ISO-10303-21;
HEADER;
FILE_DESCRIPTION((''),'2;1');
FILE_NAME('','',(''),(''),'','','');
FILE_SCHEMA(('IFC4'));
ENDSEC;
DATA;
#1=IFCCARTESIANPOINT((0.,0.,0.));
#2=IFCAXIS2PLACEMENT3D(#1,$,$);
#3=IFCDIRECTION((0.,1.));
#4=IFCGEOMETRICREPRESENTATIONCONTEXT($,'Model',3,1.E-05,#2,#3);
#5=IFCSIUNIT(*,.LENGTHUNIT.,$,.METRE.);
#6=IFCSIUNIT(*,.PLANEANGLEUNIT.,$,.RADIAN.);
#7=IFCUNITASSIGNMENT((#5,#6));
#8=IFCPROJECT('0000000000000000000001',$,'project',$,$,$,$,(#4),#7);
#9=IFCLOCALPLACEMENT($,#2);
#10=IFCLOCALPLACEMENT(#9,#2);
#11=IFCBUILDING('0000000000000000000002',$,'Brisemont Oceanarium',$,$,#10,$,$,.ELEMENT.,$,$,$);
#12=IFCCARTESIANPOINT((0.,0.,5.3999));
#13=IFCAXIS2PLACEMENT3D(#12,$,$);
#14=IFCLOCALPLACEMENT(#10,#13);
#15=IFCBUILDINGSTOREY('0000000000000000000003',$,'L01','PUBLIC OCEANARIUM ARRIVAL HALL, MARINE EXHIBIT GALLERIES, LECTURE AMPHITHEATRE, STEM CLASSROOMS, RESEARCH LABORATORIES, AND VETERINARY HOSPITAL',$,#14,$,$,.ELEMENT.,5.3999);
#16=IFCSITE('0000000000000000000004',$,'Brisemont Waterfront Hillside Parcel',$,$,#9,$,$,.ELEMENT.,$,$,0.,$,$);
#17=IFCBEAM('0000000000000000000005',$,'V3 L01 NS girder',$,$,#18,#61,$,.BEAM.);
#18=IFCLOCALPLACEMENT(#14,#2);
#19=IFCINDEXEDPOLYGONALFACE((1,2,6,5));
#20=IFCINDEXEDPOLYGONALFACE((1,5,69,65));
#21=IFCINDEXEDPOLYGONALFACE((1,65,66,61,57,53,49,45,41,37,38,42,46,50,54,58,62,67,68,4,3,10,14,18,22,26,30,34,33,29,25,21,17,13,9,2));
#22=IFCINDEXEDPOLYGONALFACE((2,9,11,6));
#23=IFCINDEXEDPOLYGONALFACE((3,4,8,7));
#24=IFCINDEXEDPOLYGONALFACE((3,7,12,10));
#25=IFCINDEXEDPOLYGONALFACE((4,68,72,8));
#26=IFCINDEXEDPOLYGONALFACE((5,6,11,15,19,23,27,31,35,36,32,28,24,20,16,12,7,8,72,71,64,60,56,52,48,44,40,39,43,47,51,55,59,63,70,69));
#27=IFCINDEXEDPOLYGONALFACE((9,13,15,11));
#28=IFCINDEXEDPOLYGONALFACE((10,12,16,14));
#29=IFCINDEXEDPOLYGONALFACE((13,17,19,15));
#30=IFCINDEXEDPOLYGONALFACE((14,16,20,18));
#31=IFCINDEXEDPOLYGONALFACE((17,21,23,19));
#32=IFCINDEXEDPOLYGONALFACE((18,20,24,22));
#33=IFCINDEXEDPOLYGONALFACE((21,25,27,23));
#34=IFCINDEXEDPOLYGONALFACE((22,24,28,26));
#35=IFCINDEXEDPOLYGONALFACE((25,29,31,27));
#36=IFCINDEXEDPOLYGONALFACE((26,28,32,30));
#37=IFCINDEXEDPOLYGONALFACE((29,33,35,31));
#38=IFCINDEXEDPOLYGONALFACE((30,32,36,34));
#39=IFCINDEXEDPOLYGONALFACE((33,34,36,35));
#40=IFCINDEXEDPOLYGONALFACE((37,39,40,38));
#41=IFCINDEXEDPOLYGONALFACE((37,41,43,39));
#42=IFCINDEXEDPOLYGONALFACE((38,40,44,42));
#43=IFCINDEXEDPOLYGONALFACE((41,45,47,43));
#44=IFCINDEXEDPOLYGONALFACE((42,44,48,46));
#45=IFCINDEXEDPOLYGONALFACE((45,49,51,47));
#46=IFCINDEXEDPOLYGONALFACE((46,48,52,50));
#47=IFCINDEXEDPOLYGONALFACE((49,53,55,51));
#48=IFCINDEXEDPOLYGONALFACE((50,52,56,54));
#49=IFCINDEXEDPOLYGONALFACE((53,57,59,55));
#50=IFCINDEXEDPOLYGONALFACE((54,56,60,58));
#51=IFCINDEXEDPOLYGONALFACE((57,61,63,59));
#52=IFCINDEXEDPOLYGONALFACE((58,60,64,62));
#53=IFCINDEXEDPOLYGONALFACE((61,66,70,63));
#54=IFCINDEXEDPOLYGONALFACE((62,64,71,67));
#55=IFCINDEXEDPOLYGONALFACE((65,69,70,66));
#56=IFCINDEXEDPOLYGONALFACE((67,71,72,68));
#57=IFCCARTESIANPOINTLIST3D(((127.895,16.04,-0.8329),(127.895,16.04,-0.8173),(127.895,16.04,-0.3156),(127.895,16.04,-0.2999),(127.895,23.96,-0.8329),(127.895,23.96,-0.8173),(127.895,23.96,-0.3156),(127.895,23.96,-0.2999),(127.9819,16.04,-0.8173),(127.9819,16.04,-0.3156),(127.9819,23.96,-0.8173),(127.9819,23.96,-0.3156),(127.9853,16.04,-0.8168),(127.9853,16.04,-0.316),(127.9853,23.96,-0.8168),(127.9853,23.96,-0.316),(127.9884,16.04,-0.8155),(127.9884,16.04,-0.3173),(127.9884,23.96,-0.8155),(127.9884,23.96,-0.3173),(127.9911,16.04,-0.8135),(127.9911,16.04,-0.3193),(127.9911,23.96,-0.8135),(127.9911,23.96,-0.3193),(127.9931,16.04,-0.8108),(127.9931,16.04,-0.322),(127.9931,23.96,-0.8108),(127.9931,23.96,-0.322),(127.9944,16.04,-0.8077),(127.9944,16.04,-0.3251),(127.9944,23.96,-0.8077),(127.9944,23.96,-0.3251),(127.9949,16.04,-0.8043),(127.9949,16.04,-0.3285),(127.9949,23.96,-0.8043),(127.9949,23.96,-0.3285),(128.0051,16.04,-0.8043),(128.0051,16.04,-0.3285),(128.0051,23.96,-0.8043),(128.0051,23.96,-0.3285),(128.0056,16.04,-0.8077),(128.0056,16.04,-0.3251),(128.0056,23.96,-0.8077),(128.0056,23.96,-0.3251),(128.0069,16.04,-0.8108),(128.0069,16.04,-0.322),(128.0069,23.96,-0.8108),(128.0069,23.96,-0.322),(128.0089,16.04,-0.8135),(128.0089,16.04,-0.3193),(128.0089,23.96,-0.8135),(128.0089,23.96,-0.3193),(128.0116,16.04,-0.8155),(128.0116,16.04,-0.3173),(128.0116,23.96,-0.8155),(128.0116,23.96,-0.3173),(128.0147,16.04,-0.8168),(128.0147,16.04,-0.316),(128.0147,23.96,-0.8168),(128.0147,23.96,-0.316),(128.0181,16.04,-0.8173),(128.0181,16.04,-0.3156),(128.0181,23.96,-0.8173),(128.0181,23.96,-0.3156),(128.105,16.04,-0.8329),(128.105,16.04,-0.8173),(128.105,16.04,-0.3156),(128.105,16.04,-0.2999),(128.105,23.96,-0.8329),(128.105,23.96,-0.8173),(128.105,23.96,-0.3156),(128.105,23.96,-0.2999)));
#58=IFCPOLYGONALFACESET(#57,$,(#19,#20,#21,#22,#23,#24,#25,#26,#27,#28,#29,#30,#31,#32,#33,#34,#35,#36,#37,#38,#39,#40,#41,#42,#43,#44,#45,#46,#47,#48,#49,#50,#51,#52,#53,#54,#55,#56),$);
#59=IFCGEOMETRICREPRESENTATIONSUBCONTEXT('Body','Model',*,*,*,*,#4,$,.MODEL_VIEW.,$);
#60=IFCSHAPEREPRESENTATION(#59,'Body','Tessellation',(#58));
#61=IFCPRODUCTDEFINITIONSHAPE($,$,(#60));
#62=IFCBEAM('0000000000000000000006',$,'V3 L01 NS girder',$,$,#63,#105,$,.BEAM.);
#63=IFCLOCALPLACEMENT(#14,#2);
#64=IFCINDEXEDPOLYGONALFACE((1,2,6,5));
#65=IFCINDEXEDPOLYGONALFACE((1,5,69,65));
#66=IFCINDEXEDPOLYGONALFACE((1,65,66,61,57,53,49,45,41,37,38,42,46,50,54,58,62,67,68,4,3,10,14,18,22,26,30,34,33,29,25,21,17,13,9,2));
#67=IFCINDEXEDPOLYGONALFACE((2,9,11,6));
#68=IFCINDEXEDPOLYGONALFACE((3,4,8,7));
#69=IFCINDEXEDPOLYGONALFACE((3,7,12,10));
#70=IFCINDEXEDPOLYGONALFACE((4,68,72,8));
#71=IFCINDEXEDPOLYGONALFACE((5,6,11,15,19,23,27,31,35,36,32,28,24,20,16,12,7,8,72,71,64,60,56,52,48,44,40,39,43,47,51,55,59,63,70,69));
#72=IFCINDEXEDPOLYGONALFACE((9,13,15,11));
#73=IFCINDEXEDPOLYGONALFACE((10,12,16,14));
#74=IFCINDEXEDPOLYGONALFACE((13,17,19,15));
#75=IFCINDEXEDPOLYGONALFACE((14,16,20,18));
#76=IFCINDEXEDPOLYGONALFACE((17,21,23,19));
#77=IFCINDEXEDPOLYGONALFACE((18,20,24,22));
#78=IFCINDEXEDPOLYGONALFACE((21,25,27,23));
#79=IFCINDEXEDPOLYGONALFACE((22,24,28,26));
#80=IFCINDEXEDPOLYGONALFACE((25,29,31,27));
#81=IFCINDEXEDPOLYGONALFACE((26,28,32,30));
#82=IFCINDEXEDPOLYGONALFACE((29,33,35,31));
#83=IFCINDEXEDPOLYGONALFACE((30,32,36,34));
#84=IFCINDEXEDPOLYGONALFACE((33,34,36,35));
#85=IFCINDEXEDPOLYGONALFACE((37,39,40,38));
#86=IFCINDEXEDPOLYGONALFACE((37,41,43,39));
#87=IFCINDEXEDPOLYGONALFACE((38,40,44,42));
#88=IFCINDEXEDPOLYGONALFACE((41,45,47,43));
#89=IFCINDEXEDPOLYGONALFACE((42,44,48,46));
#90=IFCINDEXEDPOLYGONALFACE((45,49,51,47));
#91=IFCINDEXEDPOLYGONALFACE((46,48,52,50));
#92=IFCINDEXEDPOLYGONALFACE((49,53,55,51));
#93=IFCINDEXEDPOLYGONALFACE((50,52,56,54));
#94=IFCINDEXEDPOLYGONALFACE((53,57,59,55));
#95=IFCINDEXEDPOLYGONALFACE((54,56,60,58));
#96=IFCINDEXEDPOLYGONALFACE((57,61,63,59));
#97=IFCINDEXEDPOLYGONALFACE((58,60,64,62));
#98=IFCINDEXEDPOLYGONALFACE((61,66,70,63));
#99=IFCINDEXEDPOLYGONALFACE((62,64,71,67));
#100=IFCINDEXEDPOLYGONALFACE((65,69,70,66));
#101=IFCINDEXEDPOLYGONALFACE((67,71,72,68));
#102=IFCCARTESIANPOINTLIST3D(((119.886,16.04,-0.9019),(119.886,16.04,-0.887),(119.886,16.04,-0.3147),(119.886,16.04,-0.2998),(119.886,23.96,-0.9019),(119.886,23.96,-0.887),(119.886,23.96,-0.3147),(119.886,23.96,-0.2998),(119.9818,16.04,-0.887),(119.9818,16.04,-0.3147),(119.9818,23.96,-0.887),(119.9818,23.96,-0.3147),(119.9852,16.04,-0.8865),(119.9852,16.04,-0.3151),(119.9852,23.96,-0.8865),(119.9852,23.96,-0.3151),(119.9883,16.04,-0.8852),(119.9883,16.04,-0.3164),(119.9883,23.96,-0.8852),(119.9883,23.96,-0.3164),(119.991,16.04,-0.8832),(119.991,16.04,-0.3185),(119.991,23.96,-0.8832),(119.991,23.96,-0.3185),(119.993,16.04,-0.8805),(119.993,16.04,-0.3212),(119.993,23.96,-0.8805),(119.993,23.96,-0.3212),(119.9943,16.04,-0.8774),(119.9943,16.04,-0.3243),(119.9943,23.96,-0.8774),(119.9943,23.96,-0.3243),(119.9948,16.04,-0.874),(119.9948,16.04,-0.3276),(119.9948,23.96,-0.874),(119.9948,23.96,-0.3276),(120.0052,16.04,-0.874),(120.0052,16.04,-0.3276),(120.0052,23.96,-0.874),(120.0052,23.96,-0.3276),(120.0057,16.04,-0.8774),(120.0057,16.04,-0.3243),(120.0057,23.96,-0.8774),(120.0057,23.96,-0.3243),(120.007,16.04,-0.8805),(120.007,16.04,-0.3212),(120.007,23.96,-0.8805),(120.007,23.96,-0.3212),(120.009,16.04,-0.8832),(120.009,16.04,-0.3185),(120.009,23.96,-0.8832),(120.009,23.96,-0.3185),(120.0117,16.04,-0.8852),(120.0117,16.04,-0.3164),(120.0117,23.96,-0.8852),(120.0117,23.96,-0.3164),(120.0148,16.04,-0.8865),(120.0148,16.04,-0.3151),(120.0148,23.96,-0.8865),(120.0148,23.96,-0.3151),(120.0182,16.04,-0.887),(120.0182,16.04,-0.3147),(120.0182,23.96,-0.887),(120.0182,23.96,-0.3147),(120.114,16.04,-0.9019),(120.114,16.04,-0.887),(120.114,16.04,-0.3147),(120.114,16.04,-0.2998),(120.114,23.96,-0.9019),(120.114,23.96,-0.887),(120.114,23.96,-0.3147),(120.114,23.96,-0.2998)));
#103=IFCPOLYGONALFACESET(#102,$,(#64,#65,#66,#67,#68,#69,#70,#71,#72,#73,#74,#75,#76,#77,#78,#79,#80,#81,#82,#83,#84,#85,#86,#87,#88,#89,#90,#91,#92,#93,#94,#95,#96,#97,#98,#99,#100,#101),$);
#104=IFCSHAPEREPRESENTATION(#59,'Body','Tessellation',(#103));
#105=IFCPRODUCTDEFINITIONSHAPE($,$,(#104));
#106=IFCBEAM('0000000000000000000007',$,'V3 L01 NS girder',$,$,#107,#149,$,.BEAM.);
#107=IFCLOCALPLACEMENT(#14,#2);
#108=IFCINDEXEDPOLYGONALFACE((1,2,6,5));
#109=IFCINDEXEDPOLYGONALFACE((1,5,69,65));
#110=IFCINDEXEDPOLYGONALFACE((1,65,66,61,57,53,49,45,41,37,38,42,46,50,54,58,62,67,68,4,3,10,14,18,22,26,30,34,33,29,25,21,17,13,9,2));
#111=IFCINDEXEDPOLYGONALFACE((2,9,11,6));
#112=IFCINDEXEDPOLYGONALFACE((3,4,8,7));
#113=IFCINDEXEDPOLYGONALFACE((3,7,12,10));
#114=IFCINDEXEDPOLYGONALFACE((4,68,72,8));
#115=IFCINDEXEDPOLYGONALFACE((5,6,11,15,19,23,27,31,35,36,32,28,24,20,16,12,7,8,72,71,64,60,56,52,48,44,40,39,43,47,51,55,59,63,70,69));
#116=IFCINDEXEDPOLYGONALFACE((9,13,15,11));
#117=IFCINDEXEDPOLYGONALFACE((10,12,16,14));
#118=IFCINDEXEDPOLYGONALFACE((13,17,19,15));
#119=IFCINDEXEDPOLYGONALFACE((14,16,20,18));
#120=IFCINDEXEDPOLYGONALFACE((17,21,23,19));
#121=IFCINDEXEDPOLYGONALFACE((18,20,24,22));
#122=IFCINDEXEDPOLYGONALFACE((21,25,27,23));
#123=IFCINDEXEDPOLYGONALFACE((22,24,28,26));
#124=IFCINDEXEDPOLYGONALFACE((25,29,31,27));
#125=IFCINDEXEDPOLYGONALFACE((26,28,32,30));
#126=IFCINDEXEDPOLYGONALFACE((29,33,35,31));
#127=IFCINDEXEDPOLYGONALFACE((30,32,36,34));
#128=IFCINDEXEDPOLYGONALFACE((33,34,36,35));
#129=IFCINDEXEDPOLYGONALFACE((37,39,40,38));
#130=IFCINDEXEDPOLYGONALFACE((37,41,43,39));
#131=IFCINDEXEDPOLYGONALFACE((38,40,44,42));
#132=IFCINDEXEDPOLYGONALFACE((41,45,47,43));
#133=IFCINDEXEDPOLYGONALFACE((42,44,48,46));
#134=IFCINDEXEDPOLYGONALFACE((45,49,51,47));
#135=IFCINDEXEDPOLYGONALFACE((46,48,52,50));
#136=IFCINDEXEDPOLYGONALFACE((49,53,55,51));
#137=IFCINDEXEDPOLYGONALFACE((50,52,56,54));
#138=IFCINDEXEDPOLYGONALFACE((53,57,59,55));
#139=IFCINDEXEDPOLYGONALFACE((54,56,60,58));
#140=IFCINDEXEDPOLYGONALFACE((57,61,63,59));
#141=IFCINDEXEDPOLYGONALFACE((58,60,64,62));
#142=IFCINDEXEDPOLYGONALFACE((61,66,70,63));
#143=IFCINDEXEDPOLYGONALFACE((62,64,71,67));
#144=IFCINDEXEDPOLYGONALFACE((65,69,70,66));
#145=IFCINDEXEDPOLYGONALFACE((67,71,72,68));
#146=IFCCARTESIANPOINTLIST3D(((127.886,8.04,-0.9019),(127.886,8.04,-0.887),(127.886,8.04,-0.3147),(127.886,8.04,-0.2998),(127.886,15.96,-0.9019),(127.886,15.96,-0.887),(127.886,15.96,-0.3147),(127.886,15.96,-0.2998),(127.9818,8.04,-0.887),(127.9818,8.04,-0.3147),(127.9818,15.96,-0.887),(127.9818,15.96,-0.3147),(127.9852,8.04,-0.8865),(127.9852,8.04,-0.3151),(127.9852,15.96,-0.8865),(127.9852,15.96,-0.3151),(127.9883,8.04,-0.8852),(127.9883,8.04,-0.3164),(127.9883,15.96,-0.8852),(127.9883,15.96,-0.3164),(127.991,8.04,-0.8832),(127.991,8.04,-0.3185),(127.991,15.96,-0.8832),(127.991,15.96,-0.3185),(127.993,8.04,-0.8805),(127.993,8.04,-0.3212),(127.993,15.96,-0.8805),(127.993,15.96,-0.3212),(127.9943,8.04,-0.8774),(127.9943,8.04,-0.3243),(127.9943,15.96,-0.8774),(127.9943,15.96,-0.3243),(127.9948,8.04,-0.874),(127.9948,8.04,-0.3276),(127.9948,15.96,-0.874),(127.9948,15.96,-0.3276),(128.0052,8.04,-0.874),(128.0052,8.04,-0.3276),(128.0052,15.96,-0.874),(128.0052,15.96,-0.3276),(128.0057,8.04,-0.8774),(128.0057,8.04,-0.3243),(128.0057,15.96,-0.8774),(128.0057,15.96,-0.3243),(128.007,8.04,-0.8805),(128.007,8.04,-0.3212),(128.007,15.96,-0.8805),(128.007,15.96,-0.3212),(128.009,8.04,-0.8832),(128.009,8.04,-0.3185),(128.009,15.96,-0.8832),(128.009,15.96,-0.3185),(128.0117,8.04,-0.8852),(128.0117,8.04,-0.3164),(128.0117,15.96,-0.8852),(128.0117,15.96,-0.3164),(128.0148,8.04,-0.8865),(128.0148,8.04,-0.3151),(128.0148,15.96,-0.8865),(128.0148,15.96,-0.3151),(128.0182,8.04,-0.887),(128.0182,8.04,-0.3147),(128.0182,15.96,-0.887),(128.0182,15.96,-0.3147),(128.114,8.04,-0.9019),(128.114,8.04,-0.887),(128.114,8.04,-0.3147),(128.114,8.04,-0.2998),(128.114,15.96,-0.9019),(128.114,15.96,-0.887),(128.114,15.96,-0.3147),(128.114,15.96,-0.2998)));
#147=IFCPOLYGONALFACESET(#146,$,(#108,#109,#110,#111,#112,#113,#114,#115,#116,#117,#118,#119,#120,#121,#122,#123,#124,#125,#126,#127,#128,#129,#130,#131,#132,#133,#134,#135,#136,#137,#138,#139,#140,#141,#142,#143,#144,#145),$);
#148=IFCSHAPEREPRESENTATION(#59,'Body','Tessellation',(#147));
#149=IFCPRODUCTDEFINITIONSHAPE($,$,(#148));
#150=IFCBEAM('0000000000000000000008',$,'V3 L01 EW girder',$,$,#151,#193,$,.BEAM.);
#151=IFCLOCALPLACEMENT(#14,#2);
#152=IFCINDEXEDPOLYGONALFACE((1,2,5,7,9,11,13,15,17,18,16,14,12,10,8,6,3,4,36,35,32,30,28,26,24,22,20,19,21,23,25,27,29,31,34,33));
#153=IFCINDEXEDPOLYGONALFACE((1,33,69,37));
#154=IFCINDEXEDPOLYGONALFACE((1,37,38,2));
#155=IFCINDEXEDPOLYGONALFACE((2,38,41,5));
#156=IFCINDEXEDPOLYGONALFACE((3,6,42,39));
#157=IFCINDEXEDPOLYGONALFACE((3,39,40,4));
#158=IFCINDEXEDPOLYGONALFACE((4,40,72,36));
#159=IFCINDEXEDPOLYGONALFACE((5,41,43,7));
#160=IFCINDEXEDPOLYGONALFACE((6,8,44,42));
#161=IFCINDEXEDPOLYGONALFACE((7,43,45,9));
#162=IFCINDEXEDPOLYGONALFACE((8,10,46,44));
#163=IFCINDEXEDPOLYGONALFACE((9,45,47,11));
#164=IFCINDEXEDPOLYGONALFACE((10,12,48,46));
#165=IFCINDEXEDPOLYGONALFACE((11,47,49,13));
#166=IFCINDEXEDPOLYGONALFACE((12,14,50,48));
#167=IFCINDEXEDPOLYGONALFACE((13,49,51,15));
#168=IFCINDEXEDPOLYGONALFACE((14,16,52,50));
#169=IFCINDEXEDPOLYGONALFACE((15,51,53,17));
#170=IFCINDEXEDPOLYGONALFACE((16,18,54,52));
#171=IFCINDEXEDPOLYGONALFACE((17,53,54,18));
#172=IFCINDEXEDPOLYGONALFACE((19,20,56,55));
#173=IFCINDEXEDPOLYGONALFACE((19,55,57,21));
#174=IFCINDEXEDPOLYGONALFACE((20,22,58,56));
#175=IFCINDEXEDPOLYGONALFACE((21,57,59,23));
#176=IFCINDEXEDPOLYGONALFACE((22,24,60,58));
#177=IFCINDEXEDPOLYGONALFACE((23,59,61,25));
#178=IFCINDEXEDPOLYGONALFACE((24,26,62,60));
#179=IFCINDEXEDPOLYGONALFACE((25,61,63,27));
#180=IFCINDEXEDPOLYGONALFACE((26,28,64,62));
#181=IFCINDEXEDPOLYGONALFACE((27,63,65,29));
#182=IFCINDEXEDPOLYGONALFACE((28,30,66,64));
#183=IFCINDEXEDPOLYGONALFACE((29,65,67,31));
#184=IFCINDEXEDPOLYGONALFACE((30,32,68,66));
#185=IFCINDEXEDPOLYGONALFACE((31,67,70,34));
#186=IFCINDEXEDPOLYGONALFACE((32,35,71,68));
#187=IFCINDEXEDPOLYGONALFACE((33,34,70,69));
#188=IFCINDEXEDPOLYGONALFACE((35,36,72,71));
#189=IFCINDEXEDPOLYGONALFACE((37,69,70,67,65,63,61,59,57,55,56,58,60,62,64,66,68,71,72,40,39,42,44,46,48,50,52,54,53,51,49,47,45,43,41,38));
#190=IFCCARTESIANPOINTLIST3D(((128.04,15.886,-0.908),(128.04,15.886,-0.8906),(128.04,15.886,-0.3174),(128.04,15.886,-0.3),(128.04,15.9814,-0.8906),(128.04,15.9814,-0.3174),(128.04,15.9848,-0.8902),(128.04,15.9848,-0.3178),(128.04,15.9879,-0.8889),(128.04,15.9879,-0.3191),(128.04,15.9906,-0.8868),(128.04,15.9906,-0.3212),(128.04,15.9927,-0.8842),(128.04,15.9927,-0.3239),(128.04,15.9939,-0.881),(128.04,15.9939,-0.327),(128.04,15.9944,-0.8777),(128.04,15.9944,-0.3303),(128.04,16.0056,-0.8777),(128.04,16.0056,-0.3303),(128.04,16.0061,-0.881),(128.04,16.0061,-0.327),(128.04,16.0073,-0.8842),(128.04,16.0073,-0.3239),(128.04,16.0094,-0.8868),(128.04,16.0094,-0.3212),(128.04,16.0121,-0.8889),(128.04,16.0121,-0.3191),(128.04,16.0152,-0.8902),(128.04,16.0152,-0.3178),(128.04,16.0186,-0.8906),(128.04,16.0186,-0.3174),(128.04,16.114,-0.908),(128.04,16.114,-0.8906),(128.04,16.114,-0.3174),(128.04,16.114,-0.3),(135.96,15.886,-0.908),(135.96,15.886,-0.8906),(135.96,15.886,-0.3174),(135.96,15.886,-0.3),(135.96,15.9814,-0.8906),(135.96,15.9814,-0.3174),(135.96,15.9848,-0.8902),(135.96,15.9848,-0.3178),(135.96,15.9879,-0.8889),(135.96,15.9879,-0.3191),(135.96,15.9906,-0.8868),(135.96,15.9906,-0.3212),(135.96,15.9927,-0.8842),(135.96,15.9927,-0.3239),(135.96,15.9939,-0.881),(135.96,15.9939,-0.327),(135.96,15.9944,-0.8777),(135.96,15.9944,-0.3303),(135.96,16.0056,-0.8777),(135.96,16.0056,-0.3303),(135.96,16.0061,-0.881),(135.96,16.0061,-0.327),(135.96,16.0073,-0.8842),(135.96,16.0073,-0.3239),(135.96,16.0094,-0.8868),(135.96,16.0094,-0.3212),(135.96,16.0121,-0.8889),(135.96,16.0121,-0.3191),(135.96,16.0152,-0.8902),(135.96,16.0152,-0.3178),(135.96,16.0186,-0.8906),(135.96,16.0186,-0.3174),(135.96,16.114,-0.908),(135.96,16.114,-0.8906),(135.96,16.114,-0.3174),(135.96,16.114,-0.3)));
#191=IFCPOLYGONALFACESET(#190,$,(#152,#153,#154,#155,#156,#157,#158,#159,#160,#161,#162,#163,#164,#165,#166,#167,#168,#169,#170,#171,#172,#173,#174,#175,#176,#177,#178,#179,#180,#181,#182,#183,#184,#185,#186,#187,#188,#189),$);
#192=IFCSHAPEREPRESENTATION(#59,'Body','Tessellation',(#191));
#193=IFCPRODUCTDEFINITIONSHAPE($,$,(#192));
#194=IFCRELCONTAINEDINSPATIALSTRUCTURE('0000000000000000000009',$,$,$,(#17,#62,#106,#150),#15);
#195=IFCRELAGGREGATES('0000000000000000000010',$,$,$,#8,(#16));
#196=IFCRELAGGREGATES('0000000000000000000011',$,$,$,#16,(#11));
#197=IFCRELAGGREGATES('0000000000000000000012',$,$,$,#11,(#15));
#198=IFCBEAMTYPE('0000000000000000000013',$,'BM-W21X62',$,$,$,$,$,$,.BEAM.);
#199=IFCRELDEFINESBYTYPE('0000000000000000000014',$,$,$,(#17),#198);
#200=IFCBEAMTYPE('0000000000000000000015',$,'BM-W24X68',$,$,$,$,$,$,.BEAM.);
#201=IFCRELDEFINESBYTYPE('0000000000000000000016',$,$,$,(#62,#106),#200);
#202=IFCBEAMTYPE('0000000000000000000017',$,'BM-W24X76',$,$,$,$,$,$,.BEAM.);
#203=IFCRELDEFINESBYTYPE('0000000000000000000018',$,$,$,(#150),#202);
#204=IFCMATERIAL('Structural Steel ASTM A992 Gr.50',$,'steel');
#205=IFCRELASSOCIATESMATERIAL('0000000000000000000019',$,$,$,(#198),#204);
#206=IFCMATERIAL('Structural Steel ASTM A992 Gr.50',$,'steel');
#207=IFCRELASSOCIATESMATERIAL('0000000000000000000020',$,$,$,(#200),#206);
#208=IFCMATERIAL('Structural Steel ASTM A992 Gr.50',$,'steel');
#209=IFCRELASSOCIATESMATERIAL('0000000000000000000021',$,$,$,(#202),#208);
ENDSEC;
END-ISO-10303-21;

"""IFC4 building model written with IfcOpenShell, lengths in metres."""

from ifc_helpers import new_model, si_unit, direction, frame, origin, origin_2d, place, context, subcontext, project, spatial, i_section, extrude, material, material_profile, profile_set, type_object, element, save


model = new_model("IFC4")

# Units and contexts
model_context = context("Model", 3, precision=1e-05, world=origin(), true_north=direction((0.0, 1.0)))
body_context = subcontext(model_context, "Body", "Model", "MODEL_VIEW")
ifc_project = project(units=[si_unit("LENGTHUNIT", "METRE"), si_unit("PLANEANGLEUNIT", "RADIAN")], contexts=[model_context])

# Site, building, storey
site_placement = place(None, origin())
site = spatial("IfcSite", under=ifc_project, at=site_placement, Name="Brisemont Waterfront Hillside Parcel", CompositionType="ELEMENT", RefElevation=0.0)
building_placement = place(site_placement, origin())
building = spatial("IfcBuilding", under=site, at=building_placement, Name="Brisemont Oceanarium", CompositionType="ELEMENT")
storey_placement = place(building_placement, frame((0.0, 0.0, 5.3999)))
storey = spatial("IfcBuildingStorey", under=building, at=storey_placement, Name="L01", Description="PUBLIC OCEANARIUM ARRIVAL HALL, MARINE EXHIBIT GALLERIES, LECTURE AMPHITHEATRE, STEM CLASSROOMS, RESEARCH LABORATORIES, AND VETERINARY HOSPITAL", CompositionType="ELEMENT", Elevation=5.3999)

# Beams
ifc_material_1 = material(Name="Structural Steel ASTM A992 Gr.50", Category="steel")
ifc_material_profile_1 = material_profile(ifc_material_1, i_section(OverallWidth=0.21, OverallDepth=0.533, WebThickness=0.0103, FlangeThickness=0.0156, FilletRadius=0.0129, at=origin_2d()), Name="W21X62")
ifc_profile_set_1 = profile_set([ifc_material_profile_1], Name="Structural Steel ASTM A992 Gr.50")
beam_type_1 = type_object("IfcBeamType", Name="BM-W21X62", PredefinedType="BEAM", material=ifc_profile_set_1)
beam_1_placement = place(storey_placement, frame((128.0, 16.04, -0.5664), z_axis=(0.0, 1.0, 0.0), x_axis=(-1.0, 0.0, 0.0)))
element("IfcBeam", 1, at=beam_1_placement, inside=storey, type_object=beam_type_1, Name="V3 L01 NS girder", PredefinedType="BEAM", context=body_context, shape_type="SweptSolid", body=[
    extrude(i_section(OverallWidth=0.21, OverallDepth=0.533, WebThickness=0.0103, FlangeThickness=0.0156, FilletRadius=0.0129, at=origin_2d()), origin(), (0.0, 0.0, 1.0), 7.9199),
])
ifc_material_2 = material(Name="Structural Steel ASTM A992 Gr.50", Category="steel")
ifc_material_profile_2 = material_profile(ifc_material_2, i_section(OverallWidth=0.228, OverallDepth=0.6021, WebThickness=0.0105, FlangeThickness=0.0149, FilletRadius=0.0129, at=origin_2d()), Name="W24X68")
ifc_profile_set_2 = profile_set([ifc_material_profile_2], Name="Structural Steel ASTM A992 Gr.50")
beam_type_2 = type_object("IfcBeamType", Name="BM-W24X68", PredefinedType="BEAM", material=ifc_profile_set_2)
for number, where, z_axis, x_axis, name in (
    (2, (120.0, 16.04, -0.6008), (0.0, 1.0, 0.0), (-1.0, 0.0, 0.0), "V3 L01 NS girder"),
    (3, (128.0, 8.04, -0.6008), (0.0, 1.0, 0.0), (-1.0, 0.0, 0.0), "V3 L01 NS girder"),
):
    element("IfcBeam", number, at=place(storey_placement, frame(where, z_axis=z_axis, x_axis=x_axis)), inside=storey, type_object=beam_type_2, Name=name, PredefinedType="BEAM", context=body_context, shape_type="SweptSolid", body=[
        extrude(i_section(OverallWidth=0.228, OverallDepth=0.6021, WebThickness=0.0105, FlangeThickness=0.0149, FilletRadius=0.0129, at=origin_2d()), origin(), (0.0, 0.0, 1.0), 7.9199),
    ])
ifc_material_3 = material(Name="Structural Steel ASTM A992 Gr.50", Category="steel")
ifc_material_profile_3 = material_profile(ifc_material_3, i_section(OverallWidth=0.228, OverallDepth=0.6079, WebThickness=0.0112, FlangeThickness=0.0173, FilletRadius=0.0129, at=origin_2d()), Name="W24X76")
ifc_profile_set_3 = profile_set([ifc_material_profile_3], Name="Structural Steel ASTM A992 Gr.50")
beam_type_3 = type_object("IfcBeamType", Name="BM-W24X76", PredefinedType="BEAM", material=ifc_profile_set_3)
for number, where, z_axis, x_axis, name in (
    (4, (128.04, 16.0, -0.604), (1.0, 0.0, 0.0), (0.0, 1.0, 0.0), "V3 L01 EW girder"),
):
    element("IfcBeam", number, at=place(storey_placement, frame(where, z_axis=z_axis, x_axis=x_axis)), inside=storey, type_object=beam_type_3, Name=name, PredefinedType="BEAM", context=body_context, shape_type="SweptSolid", body=[
        extrude(i_section(OverallWidth=0.228, OverallDepth=0.6079, WebThickness=0.0112, FlangeThickness=0.0173, FilletRadius=0.0129, at=origin_2d()), origin(), (0.0, 0.0, 1.0), 7.9199),
    ])

save(model, "model.ifc")
